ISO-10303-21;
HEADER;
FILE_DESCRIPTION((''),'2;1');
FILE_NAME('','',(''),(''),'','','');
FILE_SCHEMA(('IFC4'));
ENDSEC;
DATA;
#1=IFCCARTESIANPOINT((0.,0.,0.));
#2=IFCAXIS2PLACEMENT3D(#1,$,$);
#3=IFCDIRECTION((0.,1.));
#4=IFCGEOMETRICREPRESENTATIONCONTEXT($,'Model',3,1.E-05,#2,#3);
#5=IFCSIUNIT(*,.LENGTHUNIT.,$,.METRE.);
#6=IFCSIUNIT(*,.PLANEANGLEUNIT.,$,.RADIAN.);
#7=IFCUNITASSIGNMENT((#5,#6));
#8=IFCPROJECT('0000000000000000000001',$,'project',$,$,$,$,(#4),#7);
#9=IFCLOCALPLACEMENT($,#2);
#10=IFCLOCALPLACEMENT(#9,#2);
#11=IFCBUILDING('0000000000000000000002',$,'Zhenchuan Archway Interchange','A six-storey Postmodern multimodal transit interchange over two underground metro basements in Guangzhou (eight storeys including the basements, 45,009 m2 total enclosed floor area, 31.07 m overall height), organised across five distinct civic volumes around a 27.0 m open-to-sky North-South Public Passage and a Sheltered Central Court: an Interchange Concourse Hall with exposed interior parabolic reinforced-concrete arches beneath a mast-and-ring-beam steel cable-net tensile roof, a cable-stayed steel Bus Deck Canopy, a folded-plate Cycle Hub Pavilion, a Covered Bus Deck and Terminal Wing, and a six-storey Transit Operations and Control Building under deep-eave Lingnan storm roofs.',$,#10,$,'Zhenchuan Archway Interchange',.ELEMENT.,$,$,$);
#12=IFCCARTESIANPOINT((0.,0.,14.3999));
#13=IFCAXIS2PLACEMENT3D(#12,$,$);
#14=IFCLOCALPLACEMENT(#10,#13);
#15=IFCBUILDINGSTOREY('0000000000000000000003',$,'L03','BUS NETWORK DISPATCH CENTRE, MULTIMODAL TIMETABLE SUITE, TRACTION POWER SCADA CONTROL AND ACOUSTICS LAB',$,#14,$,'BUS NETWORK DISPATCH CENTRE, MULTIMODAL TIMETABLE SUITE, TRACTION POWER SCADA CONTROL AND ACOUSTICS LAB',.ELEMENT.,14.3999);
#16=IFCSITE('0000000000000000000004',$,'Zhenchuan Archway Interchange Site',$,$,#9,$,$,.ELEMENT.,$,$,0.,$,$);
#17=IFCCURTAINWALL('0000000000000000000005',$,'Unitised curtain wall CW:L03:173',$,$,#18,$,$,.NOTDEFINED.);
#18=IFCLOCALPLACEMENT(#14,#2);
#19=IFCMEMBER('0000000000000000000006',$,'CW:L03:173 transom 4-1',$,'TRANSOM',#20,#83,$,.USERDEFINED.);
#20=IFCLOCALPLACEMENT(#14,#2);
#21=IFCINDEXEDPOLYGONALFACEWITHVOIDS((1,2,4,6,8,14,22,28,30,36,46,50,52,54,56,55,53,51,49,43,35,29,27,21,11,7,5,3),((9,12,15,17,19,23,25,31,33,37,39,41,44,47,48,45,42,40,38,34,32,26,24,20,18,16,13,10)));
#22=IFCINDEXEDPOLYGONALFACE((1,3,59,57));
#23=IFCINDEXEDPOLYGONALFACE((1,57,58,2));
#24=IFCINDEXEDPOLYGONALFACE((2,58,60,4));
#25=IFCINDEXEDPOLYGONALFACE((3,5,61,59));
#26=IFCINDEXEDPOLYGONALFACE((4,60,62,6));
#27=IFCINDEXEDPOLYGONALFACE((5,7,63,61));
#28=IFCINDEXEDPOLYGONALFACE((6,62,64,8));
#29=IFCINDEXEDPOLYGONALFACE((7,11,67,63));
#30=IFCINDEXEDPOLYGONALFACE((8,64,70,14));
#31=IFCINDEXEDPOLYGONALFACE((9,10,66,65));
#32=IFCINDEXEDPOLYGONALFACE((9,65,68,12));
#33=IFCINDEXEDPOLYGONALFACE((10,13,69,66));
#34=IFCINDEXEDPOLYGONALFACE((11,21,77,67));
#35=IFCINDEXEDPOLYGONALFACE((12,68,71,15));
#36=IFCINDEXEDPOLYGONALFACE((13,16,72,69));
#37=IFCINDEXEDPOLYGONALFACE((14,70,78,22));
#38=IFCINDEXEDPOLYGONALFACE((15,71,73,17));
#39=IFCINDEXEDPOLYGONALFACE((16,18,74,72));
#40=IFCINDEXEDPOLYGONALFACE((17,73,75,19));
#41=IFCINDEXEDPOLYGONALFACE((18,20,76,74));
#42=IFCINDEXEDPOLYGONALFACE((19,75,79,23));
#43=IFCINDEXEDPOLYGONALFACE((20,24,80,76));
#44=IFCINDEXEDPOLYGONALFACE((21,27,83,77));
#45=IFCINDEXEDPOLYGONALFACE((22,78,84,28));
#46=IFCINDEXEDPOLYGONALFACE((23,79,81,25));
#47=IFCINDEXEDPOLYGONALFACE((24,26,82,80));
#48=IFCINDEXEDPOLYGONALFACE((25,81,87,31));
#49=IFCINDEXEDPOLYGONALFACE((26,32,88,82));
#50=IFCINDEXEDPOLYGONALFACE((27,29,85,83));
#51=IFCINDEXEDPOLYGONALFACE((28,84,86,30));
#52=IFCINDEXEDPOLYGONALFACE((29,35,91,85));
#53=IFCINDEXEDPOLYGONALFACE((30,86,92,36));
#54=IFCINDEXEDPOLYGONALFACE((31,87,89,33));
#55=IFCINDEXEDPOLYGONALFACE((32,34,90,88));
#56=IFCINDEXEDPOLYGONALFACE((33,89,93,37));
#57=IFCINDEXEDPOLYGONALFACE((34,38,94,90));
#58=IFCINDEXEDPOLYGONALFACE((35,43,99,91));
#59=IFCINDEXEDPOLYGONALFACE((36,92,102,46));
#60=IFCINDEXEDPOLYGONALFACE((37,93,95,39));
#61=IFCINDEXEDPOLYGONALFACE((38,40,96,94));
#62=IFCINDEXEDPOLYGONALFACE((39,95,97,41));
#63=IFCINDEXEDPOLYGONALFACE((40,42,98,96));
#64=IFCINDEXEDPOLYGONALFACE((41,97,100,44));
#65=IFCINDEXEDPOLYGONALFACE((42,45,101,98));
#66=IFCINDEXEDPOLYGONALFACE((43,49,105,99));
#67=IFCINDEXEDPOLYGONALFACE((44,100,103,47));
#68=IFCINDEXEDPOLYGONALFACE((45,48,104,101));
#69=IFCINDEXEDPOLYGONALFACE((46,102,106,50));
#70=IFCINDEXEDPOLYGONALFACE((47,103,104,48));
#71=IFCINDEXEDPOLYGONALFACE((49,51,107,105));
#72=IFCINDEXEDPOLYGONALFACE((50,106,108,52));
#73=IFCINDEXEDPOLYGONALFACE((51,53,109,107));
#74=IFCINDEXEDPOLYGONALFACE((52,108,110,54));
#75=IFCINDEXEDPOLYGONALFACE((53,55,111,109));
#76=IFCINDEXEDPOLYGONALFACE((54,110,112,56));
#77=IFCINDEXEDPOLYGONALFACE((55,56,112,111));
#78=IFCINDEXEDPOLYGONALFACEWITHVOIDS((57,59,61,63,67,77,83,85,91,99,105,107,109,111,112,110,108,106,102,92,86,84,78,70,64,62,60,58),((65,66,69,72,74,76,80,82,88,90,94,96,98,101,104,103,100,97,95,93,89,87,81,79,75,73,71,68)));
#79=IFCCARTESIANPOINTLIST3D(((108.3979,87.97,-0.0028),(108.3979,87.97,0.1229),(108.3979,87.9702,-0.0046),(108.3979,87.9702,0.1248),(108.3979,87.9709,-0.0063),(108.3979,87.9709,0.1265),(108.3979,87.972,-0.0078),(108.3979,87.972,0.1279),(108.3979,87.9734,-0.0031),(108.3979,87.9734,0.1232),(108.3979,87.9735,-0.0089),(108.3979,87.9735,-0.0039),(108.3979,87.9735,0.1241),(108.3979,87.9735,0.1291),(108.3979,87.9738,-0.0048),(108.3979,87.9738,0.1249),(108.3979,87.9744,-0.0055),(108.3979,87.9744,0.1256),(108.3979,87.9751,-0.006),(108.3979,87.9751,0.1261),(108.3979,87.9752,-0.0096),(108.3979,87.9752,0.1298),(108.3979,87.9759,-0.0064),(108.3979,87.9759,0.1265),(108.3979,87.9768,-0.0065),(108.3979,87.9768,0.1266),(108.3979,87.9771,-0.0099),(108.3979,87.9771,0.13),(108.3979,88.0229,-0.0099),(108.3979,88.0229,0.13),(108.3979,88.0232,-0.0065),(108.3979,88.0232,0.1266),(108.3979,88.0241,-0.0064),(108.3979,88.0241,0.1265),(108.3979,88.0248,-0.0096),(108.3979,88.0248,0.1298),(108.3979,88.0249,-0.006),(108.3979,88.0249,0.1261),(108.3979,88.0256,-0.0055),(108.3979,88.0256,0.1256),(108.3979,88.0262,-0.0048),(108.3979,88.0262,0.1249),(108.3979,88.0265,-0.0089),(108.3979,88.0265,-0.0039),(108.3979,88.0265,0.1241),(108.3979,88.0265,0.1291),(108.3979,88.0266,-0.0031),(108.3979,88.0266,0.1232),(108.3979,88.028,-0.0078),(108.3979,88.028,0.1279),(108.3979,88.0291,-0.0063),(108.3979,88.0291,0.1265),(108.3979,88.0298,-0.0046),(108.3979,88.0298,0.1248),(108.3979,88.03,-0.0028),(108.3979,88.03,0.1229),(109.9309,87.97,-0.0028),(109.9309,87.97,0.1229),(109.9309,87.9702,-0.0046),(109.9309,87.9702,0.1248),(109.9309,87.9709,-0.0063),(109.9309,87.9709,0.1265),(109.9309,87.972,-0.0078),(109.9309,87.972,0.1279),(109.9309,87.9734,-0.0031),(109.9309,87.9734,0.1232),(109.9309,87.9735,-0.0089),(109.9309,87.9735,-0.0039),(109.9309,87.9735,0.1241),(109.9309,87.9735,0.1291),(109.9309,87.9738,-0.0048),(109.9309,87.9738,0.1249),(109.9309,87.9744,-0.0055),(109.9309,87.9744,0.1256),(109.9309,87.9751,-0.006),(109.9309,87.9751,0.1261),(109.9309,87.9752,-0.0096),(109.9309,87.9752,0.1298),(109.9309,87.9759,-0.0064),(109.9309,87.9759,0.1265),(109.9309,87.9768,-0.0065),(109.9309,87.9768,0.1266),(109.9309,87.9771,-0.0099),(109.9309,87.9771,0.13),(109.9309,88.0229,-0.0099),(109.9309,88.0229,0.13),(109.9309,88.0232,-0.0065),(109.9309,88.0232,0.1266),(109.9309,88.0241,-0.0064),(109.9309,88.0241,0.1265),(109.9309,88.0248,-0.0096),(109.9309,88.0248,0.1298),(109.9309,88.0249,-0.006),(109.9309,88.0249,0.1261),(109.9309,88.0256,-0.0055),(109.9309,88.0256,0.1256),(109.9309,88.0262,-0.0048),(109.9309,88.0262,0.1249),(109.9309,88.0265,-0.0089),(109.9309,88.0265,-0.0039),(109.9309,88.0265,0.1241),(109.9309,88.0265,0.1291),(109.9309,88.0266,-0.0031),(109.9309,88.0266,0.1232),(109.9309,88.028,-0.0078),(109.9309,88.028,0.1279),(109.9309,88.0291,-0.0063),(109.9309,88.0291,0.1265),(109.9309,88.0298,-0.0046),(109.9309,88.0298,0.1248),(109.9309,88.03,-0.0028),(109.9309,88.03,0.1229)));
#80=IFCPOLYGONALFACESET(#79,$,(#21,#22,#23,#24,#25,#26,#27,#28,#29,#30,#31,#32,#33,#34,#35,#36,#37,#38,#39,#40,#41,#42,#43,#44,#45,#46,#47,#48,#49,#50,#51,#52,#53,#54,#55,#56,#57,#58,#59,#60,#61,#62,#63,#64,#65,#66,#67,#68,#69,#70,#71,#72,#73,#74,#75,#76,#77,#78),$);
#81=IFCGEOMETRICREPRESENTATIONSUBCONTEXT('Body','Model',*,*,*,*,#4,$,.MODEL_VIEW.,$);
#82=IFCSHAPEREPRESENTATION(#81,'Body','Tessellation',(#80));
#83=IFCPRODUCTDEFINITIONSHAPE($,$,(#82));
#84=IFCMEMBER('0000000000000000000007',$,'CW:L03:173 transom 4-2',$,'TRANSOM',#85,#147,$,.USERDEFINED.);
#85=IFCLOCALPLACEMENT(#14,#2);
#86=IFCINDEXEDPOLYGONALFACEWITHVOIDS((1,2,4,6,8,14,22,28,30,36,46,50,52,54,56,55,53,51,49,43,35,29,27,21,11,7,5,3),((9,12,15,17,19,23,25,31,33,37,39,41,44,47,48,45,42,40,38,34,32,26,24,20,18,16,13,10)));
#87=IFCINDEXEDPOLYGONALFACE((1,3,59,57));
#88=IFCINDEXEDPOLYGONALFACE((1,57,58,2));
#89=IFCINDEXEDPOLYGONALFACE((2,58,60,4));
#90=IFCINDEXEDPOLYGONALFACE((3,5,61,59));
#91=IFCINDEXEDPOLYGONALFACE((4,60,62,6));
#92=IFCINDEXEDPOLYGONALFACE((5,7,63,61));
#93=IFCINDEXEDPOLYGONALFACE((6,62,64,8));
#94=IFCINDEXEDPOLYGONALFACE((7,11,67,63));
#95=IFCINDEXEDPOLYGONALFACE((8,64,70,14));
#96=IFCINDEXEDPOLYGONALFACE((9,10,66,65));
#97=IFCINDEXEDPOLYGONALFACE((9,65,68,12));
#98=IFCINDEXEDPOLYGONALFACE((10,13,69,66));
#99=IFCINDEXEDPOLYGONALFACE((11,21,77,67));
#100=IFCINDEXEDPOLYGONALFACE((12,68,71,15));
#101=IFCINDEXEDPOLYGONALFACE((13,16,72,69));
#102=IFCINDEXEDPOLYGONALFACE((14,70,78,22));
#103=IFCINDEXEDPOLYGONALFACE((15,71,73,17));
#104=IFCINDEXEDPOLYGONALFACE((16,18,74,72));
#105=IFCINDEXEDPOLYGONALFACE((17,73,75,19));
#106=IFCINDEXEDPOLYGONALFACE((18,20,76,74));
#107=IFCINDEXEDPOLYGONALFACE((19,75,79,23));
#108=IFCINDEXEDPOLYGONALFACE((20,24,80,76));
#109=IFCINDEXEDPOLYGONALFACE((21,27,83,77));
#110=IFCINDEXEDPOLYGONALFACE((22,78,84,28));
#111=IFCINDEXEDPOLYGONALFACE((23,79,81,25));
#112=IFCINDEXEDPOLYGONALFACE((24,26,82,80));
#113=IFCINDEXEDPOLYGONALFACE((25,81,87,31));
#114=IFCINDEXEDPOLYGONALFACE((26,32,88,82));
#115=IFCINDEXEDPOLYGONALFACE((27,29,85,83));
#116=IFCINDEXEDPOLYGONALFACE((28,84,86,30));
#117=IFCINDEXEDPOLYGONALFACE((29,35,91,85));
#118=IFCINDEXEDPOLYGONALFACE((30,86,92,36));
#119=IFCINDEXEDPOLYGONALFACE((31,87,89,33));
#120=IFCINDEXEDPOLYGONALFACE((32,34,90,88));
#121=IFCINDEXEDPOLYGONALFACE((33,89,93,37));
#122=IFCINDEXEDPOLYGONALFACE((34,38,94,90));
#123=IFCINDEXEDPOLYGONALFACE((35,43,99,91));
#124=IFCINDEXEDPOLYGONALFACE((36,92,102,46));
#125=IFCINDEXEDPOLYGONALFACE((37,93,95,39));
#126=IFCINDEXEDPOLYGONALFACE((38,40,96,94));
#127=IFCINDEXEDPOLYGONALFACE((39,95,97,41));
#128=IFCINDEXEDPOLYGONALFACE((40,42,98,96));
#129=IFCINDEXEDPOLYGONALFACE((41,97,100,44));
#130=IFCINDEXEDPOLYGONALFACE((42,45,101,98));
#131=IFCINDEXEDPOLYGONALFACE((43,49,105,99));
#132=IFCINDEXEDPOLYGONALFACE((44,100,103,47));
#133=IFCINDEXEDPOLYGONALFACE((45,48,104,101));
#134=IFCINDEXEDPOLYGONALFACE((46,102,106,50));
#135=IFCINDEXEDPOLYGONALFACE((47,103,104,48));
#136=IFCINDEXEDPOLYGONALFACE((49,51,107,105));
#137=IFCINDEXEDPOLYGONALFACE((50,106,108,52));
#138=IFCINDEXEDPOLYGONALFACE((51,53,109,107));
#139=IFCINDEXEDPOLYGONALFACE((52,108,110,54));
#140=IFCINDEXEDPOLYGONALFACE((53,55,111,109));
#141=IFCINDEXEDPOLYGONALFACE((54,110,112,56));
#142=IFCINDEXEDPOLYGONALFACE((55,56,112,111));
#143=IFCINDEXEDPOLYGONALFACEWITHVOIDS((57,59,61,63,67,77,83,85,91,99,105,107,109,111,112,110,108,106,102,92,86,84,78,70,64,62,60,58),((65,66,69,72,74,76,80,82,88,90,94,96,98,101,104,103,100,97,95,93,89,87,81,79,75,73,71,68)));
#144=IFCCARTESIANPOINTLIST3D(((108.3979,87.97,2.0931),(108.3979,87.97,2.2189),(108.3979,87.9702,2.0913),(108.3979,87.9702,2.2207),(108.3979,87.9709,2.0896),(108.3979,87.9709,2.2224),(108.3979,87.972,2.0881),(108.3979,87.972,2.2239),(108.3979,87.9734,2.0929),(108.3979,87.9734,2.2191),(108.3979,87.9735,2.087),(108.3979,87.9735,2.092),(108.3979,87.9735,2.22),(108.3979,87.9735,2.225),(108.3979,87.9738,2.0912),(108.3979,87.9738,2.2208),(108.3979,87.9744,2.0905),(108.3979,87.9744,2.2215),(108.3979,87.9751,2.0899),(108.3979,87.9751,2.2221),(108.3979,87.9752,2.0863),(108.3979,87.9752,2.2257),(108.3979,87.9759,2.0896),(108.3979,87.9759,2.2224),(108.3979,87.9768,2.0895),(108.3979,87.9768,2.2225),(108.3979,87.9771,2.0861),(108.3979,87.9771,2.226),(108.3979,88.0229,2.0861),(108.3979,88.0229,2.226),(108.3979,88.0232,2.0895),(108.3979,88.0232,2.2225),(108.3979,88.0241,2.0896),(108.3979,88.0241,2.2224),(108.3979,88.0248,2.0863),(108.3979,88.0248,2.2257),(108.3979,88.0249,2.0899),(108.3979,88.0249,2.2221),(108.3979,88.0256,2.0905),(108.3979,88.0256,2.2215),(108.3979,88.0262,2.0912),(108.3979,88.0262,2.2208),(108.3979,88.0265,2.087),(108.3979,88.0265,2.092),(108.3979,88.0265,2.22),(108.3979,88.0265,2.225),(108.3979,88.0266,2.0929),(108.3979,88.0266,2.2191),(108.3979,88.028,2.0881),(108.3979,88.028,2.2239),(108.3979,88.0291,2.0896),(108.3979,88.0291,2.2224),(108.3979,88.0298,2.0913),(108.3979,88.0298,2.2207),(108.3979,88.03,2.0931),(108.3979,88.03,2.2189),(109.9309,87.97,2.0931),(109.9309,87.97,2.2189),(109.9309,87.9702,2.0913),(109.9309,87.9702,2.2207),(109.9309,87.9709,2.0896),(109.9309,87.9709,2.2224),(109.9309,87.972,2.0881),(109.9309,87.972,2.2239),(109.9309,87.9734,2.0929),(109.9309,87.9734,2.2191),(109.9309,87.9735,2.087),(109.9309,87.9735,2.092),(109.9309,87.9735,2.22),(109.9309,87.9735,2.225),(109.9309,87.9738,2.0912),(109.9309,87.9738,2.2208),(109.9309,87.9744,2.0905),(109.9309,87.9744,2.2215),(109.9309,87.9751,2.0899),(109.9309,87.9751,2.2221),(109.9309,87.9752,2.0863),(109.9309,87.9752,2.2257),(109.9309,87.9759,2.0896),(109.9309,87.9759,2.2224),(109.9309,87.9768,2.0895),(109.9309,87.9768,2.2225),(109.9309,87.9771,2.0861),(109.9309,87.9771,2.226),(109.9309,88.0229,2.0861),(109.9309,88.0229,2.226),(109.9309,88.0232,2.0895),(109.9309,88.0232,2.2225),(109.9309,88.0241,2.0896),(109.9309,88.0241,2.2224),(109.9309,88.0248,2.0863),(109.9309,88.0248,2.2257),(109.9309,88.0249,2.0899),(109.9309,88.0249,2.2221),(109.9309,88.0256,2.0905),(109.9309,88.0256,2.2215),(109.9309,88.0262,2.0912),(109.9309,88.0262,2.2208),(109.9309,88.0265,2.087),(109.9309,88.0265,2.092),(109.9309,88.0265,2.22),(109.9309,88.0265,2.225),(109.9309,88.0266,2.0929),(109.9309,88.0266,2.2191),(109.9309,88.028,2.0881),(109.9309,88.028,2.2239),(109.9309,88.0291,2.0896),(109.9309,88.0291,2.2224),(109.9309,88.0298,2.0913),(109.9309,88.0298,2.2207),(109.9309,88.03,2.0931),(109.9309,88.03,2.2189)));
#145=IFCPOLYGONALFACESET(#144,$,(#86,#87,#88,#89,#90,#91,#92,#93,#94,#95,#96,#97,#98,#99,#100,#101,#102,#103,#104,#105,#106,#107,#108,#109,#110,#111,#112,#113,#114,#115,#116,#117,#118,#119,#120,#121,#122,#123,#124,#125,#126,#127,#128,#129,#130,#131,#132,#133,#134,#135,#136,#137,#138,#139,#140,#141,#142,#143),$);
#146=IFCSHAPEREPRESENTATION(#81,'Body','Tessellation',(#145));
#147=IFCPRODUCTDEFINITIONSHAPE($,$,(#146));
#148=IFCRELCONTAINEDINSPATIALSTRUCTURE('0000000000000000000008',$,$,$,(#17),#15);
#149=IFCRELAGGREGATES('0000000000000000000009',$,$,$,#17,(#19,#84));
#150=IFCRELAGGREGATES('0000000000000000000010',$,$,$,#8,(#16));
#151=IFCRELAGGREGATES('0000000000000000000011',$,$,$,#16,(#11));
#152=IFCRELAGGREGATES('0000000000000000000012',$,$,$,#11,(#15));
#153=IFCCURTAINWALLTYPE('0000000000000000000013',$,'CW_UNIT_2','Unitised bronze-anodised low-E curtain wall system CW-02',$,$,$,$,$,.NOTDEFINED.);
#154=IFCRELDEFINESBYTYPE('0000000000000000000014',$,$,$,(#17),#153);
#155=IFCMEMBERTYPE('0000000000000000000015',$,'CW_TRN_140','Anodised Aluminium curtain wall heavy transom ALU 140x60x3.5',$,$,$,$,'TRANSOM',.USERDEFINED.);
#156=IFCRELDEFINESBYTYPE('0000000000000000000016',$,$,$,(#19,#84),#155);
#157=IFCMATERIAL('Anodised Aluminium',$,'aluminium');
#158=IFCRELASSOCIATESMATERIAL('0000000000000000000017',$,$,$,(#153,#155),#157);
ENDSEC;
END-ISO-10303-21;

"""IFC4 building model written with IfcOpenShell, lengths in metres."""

from ifc_helpers import new_model, si_unit, direction, frame, origin, origin_2d, place, context, subcontext, project, spatial, hollow_rectangle, extrude, material, material_profile, profile_set, type_object, element, aggregate, save


model = new_model("IFC4")

# Units and contexts
model_context = context("Model", 3, precision=1e-05, world=origin(), true_north=direction((0.0, 1.0)))
body_context = subcontext(model_context, "Body", "Model", "MODEL_VIEW")
ifc_project = project(units=[si_unit("LENGTHUNIT", "METRE"), si_unit("PLANEANGLEUNIT", "RADIAN")], contexts=[model_context])

# Site, building, storey
site_placement = place(None, origin())
site = spatial("IfcSite", under=ifc_project, at=site_placement, Name="Zhenchuan Archway Interchange Site", CompositionType="ELEMENT", RefElevation=0.0)
building_placement = place(site_placement, origin())
building = spatial("IfcBuilding", under=site, at=building_placement, Name="Zhenchuan Archway Interchange", Description="A six-storey Postmodern multimodal transit interchange over two underground metro basements in Guangzhou (eight storeys including the basements, 45,009 m2 total enclosed floor area, 31.07 m overall height), organised across five distinct civic volumes around a 27.0 m open-to-sky North-South Public Passage and a Sheltered Central Court: an Interchange Concourse Hall with exposed interior parabolic reinforced-concrete arches beneath a mast-and-ring-beam steel cable-net tensile roof, a cable-stayed steel Bus Deck Canopy, a folded-plate Cycle Hub Pavilion, a Covered Bus Deck and Terminal Wing, and a six-storey Transit Operations and Control Building under deep-eave Lingnan storm roofs.", LongName="Zhenchuan Archway Interchange", CompositionType="ELEMENT")
storey_placement = place(building_placement, frame((0.0, 0.0, 14.3999)))
storey = spatial("IfcBuildingStorey", under=building, at=storey_placement, Name="L03", Description="BUS NETWORK DISPATCH CENTRE, MULTIMODAL TIMETABLE SUITE, TRACTION POWER SCADA CONTROL AND ACOUSTICS LAB", LongName="BUS NETWORK DISPATCH CENTRE, MULTIMODAL TIMETABLE SUITE, TRACTION POWER SCADA CONTROL AND ACOUSTICS LAB", CompositionType="ELEMENT", Elevation=14.3999)

# Curtain wall, members
ifc_material_1 = material(Name="Anodised Aluminium", Category="aluminium")
curtain_wall_type = type_object("IfcCurtainWallType", Name="CW_UNIT_2", Description="Unitised bronze-anodised low-E curtain wall system CW-02", PredefinedType="NOTDEFINED", material=ifc_material_1)
curtain_wall_placement = place(storey_placement, origin())
curtain_wall = element("IfcCurtainWall", 1, at=curtain_wall_placement, inside=storey, type_object=curtain_wall_type, Name="Unitised curtain wall CW:L03:173", PredefinedType="NOTDEFINED")
ifc_material_profile_1 = material_profile(ifc_material_1, hollow_rectangle(XDim=0.0601, YDim=0.1399, WallThickness=0.0034, InnerFilletRadius=0.0034, OuterFilletRadius=0.0071, at=origin_2d()), Name="ALU 140x60x3.5")
ifc_profile_set_1 = profile_set([ifc_material_profile_1], Name="Anodised Aluminium")
member_type_1 = type_object("IfcMemberType", Name="CW_TRN_140", Description="Anodised Aluminium curtain wall heavy transom ALU 140x60x3.5", ElementType="TRANSOM", PredefinedType="USERDEFINED", material=ifc_profile_set_1)
member_1_placement = place(storey_placement, frame((109.9309, 88.0, 0.0601), z_axis=(-1.0, 0.0, 0.0), x_axis=(0.0, -1.0, 0.0)))
member_1 = element("IfcMember", 2, at=member_1_placement, type_object=member_type_1, Name="CW:L03:173 transom 4-1", ObjectType="TRANSOM", PredefinedType="USERDEFINED", context=body_context, shape_type="SweptSolid", body=[
    extrude(hollow_rectangle(XDim=0.0601, YDim=0.1399, WallThickness=0.0034, InnerFilletRadius=0.0034, OuterFilletRadius=0.0071, at=origin_2d()), origin(), (0.0, 0.0, 1.0), 1.533),
])
member_2_placement = place(storey_placement, frame((109.9309, 88.0, 2.156), z_axis=(-1.0, 0.0, 0.0), x_axis=(0.0, -1.0, 0.0)))
member_2 = element("IfcMember", 3, at=member_2_placement, type_object=member_type_1, Name="CW:L03:173 transom 4-2", ObjectType="TRANSOM", PredefinedType="USERDEFINED", context=body_context, shape_type="SweptSolid", body=[
    extrude(hollow_rectangle(XDim=0.0601, YDim=0.1399, WallThickness=0.0034, InnerFilletRadius=0.0034, OuterFilletRadius=0.0071, at=origin_2d()), origin(), (0.0, 0.0, 1.0), 1.533),
])

aggregate(curtain_wall, [member_1, member_2])

save(model, "model.ifc")
